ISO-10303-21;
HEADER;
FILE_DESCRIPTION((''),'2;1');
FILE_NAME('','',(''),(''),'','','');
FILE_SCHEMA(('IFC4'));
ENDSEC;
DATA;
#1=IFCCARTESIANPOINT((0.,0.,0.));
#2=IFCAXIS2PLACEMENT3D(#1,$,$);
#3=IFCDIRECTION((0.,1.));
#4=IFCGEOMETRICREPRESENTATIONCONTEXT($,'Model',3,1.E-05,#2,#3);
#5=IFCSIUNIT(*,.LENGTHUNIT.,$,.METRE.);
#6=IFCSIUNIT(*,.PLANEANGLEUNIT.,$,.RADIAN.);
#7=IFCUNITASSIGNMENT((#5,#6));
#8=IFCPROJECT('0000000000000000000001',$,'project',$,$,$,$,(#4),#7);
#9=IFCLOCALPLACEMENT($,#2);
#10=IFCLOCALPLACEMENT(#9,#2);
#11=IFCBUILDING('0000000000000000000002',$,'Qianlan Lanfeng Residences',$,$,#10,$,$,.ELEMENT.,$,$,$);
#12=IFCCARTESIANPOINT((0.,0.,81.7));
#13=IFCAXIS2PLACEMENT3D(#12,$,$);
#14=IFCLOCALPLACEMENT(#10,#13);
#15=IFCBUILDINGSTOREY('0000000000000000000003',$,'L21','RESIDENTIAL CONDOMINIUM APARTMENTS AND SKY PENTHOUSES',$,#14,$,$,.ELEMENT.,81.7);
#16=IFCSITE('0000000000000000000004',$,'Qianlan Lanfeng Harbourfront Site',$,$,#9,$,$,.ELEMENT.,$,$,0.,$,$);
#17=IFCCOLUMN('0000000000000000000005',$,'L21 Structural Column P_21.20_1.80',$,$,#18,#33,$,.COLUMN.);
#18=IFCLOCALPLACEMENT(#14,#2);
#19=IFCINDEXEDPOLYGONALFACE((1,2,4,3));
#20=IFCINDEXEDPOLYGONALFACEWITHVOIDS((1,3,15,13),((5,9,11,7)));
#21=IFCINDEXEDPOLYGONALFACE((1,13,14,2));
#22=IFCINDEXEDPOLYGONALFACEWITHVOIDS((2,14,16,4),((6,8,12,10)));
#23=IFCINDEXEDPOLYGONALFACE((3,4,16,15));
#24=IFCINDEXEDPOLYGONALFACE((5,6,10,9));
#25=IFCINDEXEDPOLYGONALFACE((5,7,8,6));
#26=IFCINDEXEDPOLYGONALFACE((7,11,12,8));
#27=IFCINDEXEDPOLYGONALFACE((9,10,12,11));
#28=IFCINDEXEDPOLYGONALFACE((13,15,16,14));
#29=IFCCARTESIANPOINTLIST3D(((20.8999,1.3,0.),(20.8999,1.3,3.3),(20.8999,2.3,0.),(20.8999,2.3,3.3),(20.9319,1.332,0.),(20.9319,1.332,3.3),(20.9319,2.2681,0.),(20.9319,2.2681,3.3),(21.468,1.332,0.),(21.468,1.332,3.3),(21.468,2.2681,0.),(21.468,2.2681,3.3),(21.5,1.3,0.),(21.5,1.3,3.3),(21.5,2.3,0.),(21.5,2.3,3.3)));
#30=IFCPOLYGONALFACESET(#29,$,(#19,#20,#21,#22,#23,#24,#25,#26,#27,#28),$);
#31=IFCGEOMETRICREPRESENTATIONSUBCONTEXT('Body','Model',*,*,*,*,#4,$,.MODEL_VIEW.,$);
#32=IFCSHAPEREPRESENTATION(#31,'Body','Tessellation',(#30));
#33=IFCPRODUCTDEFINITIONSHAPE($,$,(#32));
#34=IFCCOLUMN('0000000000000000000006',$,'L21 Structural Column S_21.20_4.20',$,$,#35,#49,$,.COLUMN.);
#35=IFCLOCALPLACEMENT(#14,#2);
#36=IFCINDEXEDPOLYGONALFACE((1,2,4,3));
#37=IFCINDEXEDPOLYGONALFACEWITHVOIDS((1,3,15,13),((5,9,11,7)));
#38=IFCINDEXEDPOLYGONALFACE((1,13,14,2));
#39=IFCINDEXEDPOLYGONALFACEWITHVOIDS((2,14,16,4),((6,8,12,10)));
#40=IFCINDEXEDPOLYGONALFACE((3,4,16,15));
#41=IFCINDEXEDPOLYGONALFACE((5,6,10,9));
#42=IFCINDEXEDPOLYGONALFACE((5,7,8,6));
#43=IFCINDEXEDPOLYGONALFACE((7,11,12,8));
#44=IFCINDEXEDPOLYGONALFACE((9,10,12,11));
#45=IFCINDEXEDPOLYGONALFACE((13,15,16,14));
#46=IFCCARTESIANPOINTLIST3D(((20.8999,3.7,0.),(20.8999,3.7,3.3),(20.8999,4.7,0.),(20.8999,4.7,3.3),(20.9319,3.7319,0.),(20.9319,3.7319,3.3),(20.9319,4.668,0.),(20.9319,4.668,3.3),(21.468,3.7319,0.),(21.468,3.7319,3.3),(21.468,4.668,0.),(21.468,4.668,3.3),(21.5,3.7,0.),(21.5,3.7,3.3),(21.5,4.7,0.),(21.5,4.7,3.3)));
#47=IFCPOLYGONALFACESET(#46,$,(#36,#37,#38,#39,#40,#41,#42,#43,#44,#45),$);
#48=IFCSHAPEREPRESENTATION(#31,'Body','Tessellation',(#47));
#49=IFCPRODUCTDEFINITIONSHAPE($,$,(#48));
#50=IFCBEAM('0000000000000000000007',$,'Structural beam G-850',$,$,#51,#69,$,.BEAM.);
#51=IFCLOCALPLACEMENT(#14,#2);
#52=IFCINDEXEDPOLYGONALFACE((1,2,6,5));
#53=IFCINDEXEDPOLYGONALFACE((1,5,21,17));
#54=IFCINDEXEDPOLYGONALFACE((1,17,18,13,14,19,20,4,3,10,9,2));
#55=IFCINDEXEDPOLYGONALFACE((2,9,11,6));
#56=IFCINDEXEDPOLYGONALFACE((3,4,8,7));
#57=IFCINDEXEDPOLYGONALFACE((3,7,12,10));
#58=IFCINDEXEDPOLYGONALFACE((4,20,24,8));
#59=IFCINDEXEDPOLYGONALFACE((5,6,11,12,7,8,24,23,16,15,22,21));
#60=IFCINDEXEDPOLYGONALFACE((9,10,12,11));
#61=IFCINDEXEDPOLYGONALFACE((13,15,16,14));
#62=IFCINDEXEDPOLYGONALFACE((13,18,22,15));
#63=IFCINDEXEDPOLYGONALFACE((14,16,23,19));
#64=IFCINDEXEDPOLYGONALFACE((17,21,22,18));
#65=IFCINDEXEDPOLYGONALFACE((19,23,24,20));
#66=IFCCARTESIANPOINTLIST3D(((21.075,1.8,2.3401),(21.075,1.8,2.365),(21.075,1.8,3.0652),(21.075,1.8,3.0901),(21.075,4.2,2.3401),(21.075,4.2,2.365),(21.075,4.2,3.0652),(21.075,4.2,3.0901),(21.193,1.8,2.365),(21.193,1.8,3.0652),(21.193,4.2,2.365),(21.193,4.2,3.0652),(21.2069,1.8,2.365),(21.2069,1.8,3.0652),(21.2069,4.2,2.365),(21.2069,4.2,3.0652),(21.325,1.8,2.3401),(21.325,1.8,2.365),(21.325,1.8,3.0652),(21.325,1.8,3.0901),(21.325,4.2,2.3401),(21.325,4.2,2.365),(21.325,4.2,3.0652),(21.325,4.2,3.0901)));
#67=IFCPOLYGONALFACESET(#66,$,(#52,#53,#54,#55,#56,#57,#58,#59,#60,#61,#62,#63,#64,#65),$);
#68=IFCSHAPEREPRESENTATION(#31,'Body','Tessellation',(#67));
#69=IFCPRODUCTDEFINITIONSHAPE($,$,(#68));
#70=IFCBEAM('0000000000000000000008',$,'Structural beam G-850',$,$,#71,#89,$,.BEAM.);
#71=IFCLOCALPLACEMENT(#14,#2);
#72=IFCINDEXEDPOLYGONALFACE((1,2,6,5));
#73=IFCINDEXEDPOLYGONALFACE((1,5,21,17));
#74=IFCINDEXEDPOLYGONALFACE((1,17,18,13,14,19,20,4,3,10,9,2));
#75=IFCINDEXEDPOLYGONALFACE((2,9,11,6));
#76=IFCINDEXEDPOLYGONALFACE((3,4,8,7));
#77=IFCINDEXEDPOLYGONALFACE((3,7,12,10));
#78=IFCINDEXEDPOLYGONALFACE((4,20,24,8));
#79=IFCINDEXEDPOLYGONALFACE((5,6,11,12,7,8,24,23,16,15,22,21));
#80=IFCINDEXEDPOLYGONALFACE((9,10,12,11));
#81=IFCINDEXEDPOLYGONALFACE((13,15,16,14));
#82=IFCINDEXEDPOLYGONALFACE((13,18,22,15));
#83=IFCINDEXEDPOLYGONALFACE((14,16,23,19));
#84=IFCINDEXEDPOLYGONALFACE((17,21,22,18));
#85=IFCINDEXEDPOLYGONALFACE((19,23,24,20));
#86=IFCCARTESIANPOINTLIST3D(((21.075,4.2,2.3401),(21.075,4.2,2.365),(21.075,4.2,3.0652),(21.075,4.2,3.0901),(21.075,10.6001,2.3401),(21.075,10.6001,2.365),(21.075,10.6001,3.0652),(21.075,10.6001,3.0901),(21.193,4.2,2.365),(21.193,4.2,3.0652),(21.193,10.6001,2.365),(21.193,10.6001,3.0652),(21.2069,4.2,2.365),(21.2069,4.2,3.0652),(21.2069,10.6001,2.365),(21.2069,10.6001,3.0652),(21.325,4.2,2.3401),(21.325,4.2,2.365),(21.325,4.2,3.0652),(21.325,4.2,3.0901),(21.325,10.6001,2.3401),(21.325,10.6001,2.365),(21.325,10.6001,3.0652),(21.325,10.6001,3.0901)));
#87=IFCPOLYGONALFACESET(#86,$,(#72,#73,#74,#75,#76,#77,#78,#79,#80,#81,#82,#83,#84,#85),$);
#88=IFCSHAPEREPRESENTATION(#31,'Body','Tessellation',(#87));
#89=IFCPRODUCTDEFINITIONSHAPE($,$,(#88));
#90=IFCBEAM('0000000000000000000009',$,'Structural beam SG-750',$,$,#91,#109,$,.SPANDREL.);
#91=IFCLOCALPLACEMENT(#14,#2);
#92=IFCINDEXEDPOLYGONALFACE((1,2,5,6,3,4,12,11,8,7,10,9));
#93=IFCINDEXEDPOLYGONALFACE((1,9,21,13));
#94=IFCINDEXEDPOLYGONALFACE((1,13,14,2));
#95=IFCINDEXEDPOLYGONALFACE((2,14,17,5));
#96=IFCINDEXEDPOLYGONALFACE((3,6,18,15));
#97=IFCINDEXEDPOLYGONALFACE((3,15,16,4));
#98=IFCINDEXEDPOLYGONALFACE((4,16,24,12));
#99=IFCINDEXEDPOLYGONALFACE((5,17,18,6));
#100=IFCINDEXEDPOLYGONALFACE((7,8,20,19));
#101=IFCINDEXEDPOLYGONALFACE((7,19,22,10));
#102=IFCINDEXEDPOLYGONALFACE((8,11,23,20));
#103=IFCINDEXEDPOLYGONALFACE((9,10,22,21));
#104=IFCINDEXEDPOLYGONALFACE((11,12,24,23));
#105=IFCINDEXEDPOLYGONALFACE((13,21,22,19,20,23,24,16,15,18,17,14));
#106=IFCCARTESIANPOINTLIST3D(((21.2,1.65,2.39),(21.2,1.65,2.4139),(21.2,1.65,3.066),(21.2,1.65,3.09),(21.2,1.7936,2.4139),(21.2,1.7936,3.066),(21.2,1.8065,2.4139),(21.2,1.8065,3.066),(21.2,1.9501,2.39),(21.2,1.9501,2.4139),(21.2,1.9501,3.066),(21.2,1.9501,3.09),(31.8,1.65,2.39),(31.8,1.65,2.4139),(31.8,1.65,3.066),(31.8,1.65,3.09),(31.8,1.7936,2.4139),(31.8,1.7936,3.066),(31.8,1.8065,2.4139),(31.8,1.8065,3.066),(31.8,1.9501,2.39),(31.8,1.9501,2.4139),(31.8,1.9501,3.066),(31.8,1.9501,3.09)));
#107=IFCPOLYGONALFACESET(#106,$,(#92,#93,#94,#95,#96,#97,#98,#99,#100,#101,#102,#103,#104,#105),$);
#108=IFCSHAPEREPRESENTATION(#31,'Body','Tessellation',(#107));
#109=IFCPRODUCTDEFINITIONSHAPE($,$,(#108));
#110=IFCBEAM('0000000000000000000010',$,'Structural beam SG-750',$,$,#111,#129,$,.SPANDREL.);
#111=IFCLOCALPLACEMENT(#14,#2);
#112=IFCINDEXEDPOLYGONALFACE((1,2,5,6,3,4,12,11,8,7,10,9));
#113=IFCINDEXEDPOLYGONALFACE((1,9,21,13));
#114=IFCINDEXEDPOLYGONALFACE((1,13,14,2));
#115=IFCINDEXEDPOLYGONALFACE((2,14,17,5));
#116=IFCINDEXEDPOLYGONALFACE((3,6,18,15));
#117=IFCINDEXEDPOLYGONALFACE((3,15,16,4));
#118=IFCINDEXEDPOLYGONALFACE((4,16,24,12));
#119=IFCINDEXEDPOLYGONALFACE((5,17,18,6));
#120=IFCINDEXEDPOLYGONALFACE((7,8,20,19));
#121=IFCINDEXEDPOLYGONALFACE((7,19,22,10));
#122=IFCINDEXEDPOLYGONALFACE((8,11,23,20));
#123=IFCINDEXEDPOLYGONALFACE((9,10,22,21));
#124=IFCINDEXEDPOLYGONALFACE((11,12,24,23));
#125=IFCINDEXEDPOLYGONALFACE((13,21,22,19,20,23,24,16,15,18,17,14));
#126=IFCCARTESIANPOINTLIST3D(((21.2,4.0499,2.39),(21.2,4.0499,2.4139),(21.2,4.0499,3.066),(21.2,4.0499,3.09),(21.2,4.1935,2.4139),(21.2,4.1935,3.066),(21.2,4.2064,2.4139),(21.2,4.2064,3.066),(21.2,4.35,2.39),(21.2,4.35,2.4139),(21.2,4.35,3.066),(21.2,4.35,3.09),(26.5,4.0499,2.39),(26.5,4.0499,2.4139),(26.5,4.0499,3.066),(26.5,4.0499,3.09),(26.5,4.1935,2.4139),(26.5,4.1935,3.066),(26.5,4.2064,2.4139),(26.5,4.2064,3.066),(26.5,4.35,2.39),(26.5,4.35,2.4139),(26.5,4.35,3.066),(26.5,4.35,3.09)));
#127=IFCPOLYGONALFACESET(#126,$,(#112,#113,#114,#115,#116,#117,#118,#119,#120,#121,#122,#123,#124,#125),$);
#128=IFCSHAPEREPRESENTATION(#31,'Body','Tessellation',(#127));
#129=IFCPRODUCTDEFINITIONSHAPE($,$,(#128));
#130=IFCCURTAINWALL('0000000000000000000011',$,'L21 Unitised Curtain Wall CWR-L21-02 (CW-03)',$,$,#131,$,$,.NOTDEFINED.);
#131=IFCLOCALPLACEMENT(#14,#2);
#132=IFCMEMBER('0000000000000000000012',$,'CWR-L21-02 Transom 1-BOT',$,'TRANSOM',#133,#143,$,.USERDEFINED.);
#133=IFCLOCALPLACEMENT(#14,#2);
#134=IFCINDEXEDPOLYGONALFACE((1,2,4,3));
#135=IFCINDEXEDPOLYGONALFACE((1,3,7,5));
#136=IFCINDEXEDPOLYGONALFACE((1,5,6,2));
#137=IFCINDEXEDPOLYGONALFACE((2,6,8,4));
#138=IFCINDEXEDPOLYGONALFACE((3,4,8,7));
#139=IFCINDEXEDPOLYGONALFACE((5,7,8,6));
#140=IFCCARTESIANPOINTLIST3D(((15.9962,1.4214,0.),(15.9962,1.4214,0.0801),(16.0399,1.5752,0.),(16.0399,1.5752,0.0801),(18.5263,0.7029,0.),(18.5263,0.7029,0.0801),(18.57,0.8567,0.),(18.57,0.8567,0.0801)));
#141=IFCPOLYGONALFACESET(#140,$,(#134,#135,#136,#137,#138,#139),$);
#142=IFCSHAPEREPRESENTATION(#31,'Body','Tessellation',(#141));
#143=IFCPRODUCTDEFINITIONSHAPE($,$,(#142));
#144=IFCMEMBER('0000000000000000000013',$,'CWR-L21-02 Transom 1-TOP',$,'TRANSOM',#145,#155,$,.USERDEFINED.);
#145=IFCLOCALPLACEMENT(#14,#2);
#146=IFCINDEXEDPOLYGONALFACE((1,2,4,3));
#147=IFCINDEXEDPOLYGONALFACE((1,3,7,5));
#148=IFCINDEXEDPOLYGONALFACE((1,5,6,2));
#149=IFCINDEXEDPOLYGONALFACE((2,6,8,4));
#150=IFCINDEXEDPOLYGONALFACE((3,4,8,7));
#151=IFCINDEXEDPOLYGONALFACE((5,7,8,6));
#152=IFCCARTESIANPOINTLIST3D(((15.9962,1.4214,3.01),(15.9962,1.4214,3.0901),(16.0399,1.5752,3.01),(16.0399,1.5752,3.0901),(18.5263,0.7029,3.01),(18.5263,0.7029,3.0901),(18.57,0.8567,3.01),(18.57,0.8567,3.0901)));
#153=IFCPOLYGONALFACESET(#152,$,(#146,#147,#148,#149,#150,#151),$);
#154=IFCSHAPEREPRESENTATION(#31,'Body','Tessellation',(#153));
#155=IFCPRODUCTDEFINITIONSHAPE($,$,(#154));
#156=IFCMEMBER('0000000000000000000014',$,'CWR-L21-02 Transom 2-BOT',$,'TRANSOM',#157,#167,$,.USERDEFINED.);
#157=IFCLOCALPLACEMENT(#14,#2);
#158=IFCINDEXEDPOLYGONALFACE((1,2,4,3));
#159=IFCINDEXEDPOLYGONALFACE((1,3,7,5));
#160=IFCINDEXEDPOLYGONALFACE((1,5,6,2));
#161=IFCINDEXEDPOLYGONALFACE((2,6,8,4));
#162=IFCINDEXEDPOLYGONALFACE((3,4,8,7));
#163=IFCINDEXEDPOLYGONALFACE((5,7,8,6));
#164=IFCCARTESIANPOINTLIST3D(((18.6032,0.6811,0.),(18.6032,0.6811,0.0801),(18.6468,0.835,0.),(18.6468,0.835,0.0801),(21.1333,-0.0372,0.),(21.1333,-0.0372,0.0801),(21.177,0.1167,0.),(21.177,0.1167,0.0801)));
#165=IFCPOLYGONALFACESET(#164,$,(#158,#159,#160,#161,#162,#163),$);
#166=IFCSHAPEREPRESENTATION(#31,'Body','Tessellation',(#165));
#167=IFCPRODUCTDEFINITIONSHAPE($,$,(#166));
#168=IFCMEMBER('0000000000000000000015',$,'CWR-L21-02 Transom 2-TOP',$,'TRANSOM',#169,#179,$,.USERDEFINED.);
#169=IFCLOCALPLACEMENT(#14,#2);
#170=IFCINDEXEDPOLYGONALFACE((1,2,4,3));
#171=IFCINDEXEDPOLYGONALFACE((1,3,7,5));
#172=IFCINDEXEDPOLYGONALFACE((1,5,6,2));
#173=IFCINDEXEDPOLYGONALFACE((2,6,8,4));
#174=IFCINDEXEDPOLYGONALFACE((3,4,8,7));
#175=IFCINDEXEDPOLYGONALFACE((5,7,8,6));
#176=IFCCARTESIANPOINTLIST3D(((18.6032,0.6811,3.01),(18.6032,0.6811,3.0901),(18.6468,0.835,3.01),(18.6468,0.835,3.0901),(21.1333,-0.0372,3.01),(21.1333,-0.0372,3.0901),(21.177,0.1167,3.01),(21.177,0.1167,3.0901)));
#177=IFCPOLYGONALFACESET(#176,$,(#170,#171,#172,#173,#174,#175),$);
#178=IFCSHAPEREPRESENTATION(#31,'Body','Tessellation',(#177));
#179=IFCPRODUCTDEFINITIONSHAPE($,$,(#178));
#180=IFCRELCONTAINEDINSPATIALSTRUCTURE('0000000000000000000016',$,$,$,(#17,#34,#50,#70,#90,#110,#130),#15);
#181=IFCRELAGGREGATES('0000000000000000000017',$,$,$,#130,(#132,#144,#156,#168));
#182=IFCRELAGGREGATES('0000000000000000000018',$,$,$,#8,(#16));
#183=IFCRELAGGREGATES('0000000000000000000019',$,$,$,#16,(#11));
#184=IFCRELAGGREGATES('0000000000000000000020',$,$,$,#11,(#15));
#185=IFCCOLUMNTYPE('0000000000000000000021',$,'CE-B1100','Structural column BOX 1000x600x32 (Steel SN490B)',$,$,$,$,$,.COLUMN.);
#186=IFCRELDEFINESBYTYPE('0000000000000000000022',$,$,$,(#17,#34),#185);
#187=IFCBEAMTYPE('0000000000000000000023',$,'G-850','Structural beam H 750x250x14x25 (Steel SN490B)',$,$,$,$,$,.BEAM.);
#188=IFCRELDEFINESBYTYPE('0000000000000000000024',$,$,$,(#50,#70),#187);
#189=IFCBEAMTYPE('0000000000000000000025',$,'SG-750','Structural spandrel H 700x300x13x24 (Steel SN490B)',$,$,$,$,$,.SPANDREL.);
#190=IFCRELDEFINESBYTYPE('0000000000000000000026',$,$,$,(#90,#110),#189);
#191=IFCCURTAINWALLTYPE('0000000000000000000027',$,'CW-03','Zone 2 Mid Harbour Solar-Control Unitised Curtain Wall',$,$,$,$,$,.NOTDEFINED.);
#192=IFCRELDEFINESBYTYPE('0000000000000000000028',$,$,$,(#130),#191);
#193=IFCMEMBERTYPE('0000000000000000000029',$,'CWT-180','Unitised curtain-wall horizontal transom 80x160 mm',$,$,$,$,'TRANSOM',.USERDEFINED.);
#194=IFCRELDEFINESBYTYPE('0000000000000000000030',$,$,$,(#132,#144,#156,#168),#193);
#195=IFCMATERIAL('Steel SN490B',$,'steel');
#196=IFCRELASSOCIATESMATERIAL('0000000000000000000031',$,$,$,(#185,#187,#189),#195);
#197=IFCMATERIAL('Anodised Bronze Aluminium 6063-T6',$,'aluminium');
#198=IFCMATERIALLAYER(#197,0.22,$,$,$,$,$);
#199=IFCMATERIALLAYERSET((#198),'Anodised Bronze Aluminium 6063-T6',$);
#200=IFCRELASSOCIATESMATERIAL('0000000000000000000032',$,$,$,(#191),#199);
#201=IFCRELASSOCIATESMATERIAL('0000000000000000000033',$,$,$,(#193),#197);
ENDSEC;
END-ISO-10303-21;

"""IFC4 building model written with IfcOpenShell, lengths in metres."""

from ifc_helpers import new_model, si_unit, direction, frame, origin, origin_2d, place, context, subcontext, project, spatial, rectangle, hollow_rectangle, i_section, extrude, source, transform, mapped, material, layer, layer_set, material_profile, profile_set, type_object, element, aggregate, save


model = new_model("IFC4")

# Units and contexts
model_context = context("Model", 3, precision=1e-05, world=origin(), true_north=direction((0.0, 1.0)))
body_context = subcontext(model_context, "Body", "Model", "MODEL_VIEW")
ifc_project = project(units=[si_unit("LENGTHUNIT", "METRE"), si_unit("PLANEANGLEUNIT", "RADIAN")], contexts=[model_context])

# Site, building, storey
site_placement = place(None, origin())
site = spatial("IfcSite", under=ifc_project, at=site_placement, Name="Qianlan Lanfeng Harbourfront Site", CompositionType="ELEMENT", RefElevation=0.0)
building_placement = place(site_placement, origin())
building = spatial("IfcBuilding", under=site, at=building_placement, Name="Qianlan Lanfeng Residences", CompositionType="ELEMENT")
storey_placement = place(building_placement, frame((0.0, 0.0, 81.7)))
storey = spatial("IfcBuildingStorey", under=building, at=storey_placement, Name="L21", Description="RESIDENTIAL CONDOMINIUM APARTMENTS AND SKY PENTHOUSES", CompositionType="ELEMENT", Elevation=81.7)

# Columns
ifc_material_1 = material(Name="Steel SN490B", Category="steel")
ifc_material_profile_1 = material_profile(ifc_material_1, hollow_rectangle(XDim=0.6001, YDim=1.0, WallThickness=0.032, at=origin_2d()), Name="BOX 1000x600x32")
ifc_profile_set_1 = profile_set([ifc_material_profile_1], Name="Steel SN490B")
column_type = type_object("IfcColumnType", Name="CE-B1100", Description="Structural column BOX 1000x600x32 (Steel SN490B)", PredefinedType="COLUMN", material=ifc_profile_set_1)
for number, where, z_axis, x_axis, name in (
    (1, (21.2, 1.8, 0.0), (0.0, 0.0, 1.0), (1.0, 0.0, 0.0), "L21 Structural Column P_21.20_1.80"),
    (2, (21.2, 4.2, 0.0), (0.0, 0.0, 1.0), (1.0, 0.0, 0.0), "L21 Structural Column S_21.20_4.20"),
):
    element("IfcColumn", number, at=place(storey_placement, frame(where, z_axis=z_axis, x_axis=x_axis)), inside=storey, type_object=column_type, Name=name, PredefinedType="COLUMN", context=body_context, shape_type="SweptSolid", body=[
        extrude(hollow_rectangle(XDim=0.6001, YDim=1.0, WallThickness=0.032, at=origin_2d()), origin(), (0.0, 0.0, 1.0), 3.3),
    ])

# Beams
ifc_material_profile_2 = material_profile(ifc_material_1, i_section(OverallWidth=0.25, OverallDepth=0.75, WebThickness=0.0139, FlangeThickness=0.0249, at=origin_2d()), Name="H 750x250x14x25")
ifc_profile_set_2 = profile_set([ifc_material_profile_2], Name="Steel SN490B")
beam_type_1 = type_object("IfcBeamType", Name="G-850", Description="Structural beam H 750x250x14x25 (Steel SN490B)", PredefinedType="BEAM", material=ifc_profile_set_2)
beam_1_placement = place(storey_placement, frame((21.2, 1.8, 2.7151), z_axis=(0.0, 1.0, 0.0), x_axis=(-1.0, 0.0, 0.0)))
element("IfcBeam", 3, at=beam_1_placement, inside=storey, type_object=beam_type_1, Name="Structural beam G-850", PredefinedType="BEAM", context=body_context, shape_type="SweptSolid", body=[
    extrude(i_section(OverallWidth=0.25, OverallDepth=0.75, WebThickness=0.0139, FlangeThickness=0.0249, at=origin_2d()), origin(), (0.0, 0.0, 1.0), 2.3999),
])
beam_2_placement = place(storey_placement, frame((21.2, 4.2, 2.7151), z_axis=(0.0, 1.0, 0.0), x_axis=(-1.0, 0.0, 0.0)))
element("IfcBeam", 4, at=beam_2_placement, inside=storey, type_object=beam_type_1, Name="Structural beam G-850", PredefinedType="BEAM", context=body_context, shape_type="SweptSolid", body=[
    extrude(i_section(OverallWidth=0.25, OverallDepth=0.75, WebThickness=0.0139, FlangeThickness=0.0249, at=origin_2d()), origin(), (0.0, 0.0, 1.0), 6.4001),
])
ifc_material_profile_3 = material_profile(ifc_material_1, i_section(OverallWidth=0.3, OverallDepth=0.7, WebThickness=0.0129, FlangeThickness=0.0239, at=origin_2d()), Name="H 700x300x13x24")
ifc_profile_set_3 = profile_set([ifc_material_profile_3], Name="Steel SN490B")
beam_type_2 = type_object("IfcBeamType", Name="SG-750", Description="Structural spandrel H 700x300x13x24 (Steel SN490B)", PredefinedType="SPANDREL", material=ifc_profile_set_3)
beam_3_placement = place(storey_placement, frame((21.2, 1.8, 2.74), z_axis=(1.0, 0.0, 0.0), x_axis=(0.0, 1.0, 0.0)))
element("IfcBeam", 5, at=beam_3_placement, inside=storey, type_object=beam_type_2, Name="Structural beam SG-750", PredefinedType="SPANDREL", context=body_context, shape_type="SweptSolid", body=[
    extrude(i_section(OverallWidth=0.3, OverallDepth=0.7, WebThickness=0.0129, FlangeThickness=0.0239, at=origin_2d()), origin(), (0.0, 0.0, 1.0), 10.6001),
])
beam_4_placement = place(storey_placement, frame((21.2, 4.2, 2.74), z_axis=(1.0, 0.0, 0.0), x_axis=(0.0, 1.0, 0.0)))
element("IfcBeam", 6, at=beam_4_placement, inside=storey, type_object=beam_type_2, Name="Structural beam SG-750", PredefinedType="SPANDREL", context=body_context, shape_type="SweptSolid", body=[
    extrude(i_section(OverallWidth=0.3, OverallDepth=0.7, WebThickness=0.0129, FlangeThickness=0.0239, at=origin_2d()), origin(), (0.0, 0.0, 1.0), 5.3),
])

# Curtain wall, members
ifc_material_2 = material(Name="Anodised Bronze Aluminium 6063-T6", Category="aluminium")
ifc_layer_1 = layer(ifc_material_2, 0.22)
ifc_layer_set_1 = layer_set([ifc_layer_1], Name="Anodised Bronze Aluminium 6063-T6")
curtain_wall_type = type_object("IfcCurtainWallType", Name="CW-03", Description="Zone 2 Mid Harbour Solar-Control Unitised Curtain Wall", PredefinedType="NOTDEFINED", material=ifc_layer_set_1)
curtain_wall_placement = place(storey_placement, origin())
curtain_wall = element("IfcCurtainWall", 7, at=curtain_wall_placement, inside=storey, type_object=curtain_wall_type, Name="L21 Unitised Curtain Wall CWR-L21-02 (CW-03)", PredefinedType="NOTDEFINED")
ifc_material_profile_4 = material_profile(ifc_material_2, rectangle(XDim=0.0801, YDim=0.1599, at=origin_2d()), Name="ALU TRANSOM 80x160")
ifc_profile_set_4 = profile_set([ifc_material_profile_4], Name="Anodised Bronze Aluminium 6063-T6")
member_type_1 = type_object("IfcMemberType", Name="CWT-180", Description="Unitised curtain-wall horizontal transom 80x160 mm", ElementType="TRANSOM", PredefinedType="USERDEFINED", material=ifc_profile_set_4)
shared_shape_1 = source(origin(), body_context, "Body", "SweptSolid", [
    extrude(rectangle(XDim=0.0801, YDim=0.1599, at=origin_2d()), origin(), (0.0, 0.0, 1.0), 2.6301),
])
member_1_placement = place(storey_placement, frame((16.0181, 1.4983, 0.04), z_axis=(0.961961, -0.273188, 0.0), x_axis=(0.0, 0.0, 1.0)))
member_1 = element("IfcMember", 8, at=member_1_placement, type_object=member_type_1, Name="CWR-L21-02 Transom 1-BOT", ObjectType="TRANSOM", PredefinedType="USERDEFINED", context=body_context, shape_type="MappedRepresentation", body=[
    mapped(shared_shape_1, transform((0.0, 0.0, 0.0), scale=1.0)),
])
member_2_placement = place(storey_placement, frame((16.0181, 1.4983, 3.05), z_axis=(0.961961, -0.273188, 0.0), x_axis=(0.0, 0.0, 1.0)))
member_2 = element("IfcMember", 9, at=member_2_placement, type_object=member_type_1, Name="CWR-L21-02 Transom 1-TOP", ObjectType="TRANSOM", PredefinedType="USERDEFINED", context=body_context, shape_type="MappedRepresentation", body=[
    mapped(shared_shape_1, transform((0.0, 0.0, 0.0), scale=1.0)),
])
member_3_placement = place(storey_placement, frame((18.625, 0.7581, 0.04), z_axis=(0.961985, -0.273102, 0.0), x_axis=(0.0, 0.0, 1.0)))
member_3 = element("IfcMember", 10, at=member_3_placement, type_object=member_type_1, Name="CWR-L21-02 Transom 2-BOT", ObjectType="TRANSOM", PredefinedType="USERDEFINED", context=body_context, shape_type="MappedRepresentation", body=[
    mapped(shared_shape_1, transform((0.0, 0.0, 0.0), scale=1.0)),
])
member_4_placement = place(storey_placement, frame((18.625, 0.7581, 3.05), z_axis=(0.961985, -0.273102, 0.0), x_axis=(0.0, 0.0, 1.0)))
member_4 = element("IfcMember", 11, at=member_4_placement, type_object=member_type_1, Name="CWR-L21-02 Transom 2-TOP", ObjectType="TRANSOM", PredefinedType="USERDEFINED", context=body_context, shape_type="MappedRepresentation", body=[
    mapped(shared_shape_1, transform((0.0, 0.0, 0.0), scale=1.0)),
])
aggregate(curtain_wall, [member_1, member_2, member_3, member_4])

save(model, "model.ifc")
